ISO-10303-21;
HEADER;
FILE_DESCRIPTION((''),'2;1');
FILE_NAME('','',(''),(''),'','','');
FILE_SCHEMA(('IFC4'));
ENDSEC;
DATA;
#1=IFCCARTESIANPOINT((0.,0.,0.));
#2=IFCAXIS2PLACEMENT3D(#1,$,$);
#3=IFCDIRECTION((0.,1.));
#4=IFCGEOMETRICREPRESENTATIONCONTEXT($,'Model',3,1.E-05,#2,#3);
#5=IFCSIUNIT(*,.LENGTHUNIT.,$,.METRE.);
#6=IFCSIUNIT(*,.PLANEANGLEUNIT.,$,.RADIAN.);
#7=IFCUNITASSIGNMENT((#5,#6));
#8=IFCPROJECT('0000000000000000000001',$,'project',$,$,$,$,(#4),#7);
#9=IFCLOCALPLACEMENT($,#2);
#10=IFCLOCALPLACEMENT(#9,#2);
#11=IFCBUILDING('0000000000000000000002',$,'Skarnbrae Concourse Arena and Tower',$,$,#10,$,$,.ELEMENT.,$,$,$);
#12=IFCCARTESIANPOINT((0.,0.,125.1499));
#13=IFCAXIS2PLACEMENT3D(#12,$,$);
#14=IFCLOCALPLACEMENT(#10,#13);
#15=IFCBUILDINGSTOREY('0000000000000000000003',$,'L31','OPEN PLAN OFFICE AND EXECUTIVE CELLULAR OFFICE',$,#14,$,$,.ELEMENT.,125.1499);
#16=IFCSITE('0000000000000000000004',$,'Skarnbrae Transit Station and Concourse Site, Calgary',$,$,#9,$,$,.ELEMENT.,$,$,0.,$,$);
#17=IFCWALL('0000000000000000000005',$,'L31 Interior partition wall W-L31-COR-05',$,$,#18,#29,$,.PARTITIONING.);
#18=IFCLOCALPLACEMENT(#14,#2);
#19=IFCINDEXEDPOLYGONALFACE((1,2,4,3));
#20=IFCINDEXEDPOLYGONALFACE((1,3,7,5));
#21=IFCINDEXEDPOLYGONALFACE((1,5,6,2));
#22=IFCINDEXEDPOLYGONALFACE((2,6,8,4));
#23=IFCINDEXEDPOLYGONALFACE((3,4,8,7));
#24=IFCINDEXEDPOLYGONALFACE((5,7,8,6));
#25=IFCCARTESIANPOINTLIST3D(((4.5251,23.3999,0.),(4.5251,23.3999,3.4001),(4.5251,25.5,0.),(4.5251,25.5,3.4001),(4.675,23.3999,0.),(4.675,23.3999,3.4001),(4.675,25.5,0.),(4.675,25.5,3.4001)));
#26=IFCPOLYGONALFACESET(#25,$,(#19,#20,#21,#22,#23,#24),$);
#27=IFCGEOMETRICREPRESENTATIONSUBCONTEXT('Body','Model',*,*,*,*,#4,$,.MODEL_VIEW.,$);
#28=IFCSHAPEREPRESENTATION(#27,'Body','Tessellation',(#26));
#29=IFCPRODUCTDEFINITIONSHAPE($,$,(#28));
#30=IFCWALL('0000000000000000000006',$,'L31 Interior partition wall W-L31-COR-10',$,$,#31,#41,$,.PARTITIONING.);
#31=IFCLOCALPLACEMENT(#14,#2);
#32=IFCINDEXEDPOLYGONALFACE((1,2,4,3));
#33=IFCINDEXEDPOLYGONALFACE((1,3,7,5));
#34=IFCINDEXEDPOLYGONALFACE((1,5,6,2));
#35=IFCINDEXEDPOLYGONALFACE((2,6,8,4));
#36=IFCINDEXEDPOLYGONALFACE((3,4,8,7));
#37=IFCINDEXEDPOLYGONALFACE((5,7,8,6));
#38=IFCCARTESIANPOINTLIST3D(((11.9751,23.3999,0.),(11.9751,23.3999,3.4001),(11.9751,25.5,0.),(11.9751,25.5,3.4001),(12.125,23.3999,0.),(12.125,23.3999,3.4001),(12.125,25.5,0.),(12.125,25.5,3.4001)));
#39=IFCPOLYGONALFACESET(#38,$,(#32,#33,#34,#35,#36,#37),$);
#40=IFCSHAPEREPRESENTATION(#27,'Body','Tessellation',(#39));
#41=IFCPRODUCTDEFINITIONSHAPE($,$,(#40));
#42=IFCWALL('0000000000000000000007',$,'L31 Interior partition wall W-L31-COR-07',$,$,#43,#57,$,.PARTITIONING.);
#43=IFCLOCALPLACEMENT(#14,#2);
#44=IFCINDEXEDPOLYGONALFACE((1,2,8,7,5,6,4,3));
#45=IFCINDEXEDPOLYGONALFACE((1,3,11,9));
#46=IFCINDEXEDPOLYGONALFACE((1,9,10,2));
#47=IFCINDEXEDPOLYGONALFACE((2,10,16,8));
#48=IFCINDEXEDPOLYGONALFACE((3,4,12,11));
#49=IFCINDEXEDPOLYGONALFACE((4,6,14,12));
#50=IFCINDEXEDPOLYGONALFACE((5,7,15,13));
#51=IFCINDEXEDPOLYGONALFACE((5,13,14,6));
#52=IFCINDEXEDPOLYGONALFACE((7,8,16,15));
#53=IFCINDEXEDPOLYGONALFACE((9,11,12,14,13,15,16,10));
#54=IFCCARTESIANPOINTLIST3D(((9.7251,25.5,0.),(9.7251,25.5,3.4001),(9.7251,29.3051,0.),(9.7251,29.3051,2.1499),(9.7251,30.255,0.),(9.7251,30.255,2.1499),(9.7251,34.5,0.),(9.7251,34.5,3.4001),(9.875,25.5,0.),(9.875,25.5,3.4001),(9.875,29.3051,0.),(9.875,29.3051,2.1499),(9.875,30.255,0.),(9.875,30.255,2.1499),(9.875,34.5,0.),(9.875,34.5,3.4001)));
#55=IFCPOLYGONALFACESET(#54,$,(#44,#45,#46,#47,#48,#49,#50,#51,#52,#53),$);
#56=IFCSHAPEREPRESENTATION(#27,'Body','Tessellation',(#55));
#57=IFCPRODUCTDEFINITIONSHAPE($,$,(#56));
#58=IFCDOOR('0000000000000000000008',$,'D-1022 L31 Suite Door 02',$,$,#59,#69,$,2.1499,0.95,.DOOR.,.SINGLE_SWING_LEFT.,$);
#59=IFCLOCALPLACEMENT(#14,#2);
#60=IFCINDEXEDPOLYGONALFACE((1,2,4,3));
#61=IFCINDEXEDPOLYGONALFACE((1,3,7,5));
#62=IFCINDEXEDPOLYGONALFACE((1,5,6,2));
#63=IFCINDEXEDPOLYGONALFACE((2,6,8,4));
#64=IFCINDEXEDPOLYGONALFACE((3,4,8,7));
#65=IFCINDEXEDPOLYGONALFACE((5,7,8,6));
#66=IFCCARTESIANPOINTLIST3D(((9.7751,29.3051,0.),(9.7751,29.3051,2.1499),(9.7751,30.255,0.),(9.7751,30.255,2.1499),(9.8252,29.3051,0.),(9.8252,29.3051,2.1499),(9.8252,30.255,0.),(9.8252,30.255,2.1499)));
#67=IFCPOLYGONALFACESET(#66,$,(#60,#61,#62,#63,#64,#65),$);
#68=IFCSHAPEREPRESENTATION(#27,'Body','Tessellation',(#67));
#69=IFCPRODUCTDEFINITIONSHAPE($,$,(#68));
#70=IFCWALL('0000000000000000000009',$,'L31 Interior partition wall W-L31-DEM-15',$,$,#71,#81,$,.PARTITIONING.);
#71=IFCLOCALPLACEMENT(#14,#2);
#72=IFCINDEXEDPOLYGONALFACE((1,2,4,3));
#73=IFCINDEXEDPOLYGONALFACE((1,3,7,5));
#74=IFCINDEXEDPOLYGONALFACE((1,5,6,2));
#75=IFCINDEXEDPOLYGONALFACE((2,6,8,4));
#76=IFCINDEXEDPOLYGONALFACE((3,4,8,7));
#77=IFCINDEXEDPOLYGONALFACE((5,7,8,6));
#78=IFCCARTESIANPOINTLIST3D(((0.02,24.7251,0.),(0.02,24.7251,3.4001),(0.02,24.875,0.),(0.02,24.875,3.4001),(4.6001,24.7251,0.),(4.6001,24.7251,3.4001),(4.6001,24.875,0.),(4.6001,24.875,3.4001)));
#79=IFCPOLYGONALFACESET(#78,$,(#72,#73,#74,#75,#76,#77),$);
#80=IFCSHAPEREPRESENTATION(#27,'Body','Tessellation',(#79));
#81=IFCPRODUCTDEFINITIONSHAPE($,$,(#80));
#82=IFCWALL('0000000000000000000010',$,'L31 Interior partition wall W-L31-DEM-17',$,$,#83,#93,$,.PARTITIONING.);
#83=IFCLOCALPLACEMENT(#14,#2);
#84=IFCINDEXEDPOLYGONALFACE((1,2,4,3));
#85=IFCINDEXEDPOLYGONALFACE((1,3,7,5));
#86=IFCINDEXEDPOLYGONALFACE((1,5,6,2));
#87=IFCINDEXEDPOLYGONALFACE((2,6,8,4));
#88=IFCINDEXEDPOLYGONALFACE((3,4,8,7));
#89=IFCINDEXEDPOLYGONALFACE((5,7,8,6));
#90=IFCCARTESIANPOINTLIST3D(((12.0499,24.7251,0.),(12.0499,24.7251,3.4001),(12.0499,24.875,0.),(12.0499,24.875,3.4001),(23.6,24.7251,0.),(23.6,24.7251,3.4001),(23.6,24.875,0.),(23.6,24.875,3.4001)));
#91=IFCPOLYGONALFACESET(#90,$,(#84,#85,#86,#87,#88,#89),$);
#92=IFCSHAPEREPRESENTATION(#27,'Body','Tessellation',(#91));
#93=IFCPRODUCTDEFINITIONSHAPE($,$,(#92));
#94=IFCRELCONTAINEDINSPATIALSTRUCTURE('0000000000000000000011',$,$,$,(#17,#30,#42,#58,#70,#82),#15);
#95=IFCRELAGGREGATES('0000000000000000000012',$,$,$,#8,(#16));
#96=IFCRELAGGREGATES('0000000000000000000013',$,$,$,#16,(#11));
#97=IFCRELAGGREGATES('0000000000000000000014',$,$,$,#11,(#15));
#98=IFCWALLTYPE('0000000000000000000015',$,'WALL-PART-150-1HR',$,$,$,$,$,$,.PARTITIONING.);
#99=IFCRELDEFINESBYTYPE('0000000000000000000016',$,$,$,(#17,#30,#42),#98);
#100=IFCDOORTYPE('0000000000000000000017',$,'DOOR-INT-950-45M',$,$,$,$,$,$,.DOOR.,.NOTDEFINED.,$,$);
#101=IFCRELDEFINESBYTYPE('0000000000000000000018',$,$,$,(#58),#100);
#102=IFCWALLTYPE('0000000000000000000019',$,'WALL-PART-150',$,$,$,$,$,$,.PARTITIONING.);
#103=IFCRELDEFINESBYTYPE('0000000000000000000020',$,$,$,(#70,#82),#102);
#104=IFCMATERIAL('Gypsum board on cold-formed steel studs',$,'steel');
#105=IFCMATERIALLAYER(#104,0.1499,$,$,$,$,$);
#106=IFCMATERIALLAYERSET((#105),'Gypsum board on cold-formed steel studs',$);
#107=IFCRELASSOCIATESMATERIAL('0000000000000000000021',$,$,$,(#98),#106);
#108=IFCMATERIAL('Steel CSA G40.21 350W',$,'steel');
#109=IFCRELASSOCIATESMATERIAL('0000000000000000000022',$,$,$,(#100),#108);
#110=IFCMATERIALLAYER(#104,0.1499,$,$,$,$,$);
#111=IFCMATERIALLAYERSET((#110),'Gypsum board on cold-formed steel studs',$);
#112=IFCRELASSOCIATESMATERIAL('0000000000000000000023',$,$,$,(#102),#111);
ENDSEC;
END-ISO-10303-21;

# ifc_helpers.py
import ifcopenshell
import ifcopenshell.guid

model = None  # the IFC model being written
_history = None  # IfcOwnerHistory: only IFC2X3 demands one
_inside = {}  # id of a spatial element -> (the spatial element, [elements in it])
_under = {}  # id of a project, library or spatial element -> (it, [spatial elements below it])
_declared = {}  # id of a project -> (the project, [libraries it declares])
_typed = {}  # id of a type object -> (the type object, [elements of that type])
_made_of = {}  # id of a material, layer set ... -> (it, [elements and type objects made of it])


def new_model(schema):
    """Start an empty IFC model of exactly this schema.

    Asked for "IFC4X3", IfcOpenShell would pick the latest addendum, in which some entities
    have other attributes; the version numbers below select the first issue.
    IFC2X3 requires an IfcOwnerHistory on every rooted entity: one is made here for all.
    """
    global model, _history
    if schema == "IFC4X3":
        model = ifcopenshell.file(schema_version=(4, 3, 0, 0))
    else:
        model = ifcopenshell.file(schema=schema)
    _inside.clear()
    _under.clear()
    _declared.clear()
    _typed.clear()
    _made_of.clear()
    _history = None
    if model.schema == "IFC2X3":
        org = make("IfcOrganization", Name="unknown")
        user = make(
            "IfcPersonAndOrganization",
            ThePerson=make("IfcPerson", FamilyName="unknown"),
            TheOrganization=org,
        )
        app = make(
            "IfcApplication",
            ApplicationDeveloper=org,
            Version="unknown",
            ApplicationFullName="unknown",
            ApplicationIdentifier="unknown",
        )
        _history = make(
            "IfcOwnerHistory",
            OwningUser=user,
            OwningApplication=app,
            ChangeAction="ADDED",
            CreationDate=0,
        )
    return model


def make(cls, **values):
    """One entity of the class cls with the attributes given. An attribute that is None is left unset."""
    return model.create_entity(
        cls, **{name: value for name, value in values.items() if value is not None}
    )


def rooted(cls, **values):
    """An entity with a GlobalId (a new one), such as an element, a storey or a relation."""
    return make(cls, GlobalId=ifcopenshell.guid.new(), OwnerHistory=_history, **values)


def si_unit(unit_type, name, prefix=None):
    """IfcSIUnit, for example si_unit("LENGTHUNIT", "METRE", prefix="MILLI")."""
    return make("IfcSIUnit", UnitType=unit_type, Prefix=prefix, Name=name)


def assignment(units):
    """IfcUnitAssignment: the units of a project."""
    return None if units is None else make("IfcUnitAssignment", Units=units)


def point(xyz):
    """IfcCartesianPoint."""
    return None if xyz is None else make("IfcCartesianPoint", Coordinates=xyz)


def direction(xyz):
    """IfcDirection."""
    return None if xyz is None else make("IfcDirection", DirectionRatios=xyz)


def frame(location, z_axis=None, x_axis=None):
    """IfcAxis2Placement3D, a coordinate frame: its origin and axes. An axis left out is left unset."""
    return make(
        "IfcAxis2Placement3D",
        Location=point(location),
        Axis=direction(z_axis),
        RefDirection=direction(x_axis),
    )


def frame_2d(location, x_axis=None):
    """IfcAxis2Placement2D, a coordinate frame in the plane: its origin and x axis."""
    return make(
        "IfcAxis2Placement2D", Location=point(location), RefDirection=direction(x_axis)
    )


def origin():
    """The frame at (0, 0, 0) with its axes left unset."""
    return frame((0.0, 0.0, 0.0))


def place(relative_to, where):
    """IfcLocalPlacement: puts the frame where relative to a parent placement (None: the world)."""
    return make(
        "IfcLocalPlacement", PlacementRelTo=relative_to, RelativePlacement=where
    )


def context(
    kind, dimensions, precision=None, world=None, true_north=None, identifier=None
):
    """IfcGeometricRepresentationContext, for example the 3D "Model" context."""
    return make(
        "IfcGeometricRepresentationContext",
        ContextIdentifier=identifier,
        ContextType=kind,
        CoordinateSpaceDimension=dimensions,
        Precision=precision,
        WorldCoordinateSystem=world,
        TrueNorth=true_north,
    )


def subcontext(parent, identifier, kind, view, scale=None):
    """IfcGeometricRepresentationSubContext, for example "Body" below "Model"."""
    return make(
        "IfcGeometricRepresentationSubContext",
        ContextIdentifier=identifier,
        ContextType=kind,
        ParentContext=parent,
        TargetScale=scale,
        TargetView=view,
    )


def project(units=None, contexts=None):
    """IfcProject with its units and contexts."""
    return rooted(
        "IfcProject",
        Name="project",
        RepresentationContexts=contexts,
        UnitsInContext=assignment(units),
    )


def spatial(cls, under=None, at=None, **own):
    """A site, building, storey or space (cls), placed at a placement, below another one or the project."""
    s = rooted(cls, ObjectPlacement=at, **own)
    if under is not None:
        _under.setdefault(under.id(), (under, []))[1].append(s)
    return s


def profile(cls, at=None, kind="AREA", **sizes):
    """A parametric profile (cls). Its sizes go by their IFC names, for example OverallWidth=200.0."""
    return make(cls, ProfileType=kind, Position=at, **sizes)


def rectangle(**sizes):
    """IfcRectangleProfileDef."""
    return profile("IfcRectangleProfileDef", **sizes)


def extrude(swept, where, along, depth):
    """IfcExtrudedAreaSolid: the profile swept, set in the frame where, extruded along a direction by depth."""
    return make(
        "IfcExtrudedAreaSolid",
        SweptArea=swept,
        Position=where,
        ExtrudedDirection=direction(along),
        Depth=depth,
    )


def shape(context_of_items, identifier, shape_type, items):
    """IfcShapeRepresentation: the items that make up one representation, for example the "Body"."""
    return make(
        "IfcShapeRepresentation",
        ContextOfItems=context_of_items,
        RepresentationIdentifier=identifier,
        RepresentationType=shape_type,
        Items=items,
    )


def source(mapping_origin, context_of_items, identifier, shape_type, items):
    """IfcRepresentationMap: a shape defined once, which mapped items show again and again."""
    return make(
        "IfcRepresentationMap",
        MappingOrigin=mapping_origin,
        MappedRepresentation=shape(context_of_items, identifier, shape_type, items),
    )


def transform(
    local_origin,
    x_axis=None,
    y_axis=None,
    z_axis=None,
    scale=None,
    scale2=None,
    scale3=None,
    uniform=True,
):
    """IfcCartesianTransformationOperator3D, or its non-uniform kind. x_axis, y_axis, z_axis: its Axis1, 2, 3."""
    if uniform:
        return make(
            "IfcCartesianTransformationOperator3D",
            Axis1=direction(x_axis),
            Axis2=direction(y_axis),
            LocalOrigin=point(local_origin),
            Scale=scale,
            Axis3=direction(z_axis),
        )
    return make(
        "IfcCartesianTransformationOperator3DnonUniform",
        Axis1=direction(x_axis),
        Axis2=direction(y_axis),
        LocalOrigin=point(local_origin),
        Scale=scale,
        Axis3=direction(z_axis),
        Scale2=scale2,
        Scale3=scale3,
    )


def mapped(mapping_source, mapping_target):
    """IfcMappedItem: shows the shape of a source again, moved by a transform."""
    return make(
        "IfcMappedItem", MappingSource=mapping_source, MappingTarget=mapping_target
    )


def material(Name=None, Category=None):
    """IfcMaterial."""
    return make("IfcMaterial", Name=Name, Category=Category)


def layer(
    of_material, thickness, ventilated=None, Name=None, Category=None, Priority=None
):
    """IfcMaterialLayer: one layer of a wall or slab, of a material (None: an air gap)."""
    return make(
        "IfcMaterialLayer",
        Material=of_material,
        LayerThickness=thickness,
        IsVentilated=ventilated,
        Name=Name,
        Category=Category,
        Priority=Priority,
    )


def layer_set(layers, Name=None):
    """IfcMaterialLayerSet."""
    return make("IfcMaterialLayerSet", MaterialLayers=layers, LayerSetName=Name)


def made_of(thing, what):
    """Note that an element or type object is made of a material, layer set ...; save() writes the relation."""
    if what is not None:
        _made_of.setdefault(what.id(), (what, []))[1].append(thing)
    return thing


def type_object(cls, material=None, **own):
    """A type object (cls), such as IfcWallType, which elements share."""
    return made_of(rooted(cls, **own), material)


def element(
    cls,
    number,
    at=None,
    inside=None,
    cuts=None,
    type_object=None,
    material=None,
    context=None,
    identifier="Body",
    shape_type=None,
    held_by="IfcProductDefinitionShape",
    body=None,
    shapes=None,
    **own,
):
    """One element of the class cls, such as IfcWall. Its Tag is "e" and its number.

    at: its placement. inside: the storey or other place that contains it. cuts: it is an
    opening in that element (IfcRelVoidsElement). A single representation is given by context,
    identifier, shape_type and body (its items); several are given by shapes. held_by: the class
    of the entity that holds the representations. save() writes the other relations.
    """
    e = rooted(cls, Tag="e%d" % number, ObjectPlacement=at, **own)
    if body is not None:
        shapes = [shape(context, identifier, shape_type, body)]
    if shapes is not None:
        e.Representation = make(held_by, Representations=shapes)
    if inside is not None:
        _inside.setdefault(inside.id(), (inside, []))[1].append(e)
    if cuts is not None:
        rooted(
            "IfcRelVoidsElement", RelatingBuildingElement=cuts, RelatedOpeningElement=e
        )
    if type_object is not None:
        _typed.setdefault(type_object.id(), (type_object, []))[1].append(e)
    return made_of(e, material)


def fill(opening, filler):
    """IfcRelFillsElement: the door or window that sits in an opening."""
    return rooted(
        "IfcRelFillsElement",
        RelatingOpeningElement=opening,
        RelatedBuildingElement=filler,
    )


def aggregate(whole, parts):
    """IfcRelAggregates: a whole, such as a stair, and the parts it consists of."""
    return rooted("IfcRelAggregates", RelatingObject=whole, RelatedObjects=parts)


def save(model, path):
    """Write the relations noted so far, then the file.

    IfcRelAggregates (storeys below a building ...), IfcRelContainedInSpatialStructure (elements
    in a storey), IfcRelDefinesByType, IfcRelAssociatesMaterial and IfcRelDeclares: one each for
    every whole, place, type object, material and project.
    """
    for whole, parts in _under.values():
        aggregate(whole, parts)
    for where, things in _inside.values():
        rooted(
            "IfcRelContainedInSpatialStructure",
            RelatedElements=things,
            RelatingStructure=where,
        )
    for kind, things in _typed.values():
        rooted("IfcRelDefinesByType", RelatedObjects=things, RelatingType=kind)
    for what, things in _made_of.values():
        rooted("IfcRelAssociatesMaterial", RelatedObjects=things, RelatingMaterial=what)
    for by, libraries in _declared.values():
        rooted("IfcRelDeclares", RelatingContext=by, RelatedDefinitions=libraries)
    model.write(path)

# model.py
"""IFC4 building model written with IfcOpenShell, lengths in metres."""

from ifc_helpers import new_model, si_unit, direction, frame, frame_2d, origin, place, context, subcontext, project, spatial, rectangle, extrude, source, transform, mapped, material, layer, layer_set, type_object, element, fill, save


model = new_model("IFC4")

# Units and contexts
model_context = context("Model", 3, precision=1e-05, world=origin(), true_north=direction((0.0, 1.0)))
body_context = subcontext(model_context, "Body", "Model", "MODEL_VIEW")
ifc_project = project(units=[si_unit("LENGTHUNIT", "METRE"), si_unit("PLANEANGLEUNIT", "RADIAN")], contexts=[model_context])

# Site, building, storey
site_placement = place(None, origin())
site = spatial("IfcSite", under=ifc_project, at=site_placement, Name="Skarnbrae Transit Station and Concourse Site, Calgary", CompositionType="ELEMENT", RefElevation=0.0)
building_placement = place(site_placement, origin())
building = spatial("IfcBuilding", under=site, at=building_placement, Name="Skarnbrae Concourse Arena and Tower", CompositionType="ELEMENT")
storey_placement = place(building_placement, frame((0.0, 0.0, 125.1499)))
storey = spatial("IfcBuildingStorey", under=building, at=storey_placement, Name="L31", Description="OPEN PLAN OFFICE AND EXECUTIVE CELLULAR OFFICE", CompositionType="ELEMENT", Elevation=125.1499)

# Shared definitions
ifc_material_1 = material(Name="Steel CSA G40.21 350W", Category="steel")

# Walls
ifc_material_2 = material(Name="Gypsum board on cold-formed steel studs", Category="steel")
ifc_layer_1 = layer(ifc_material_2, 0.1499)
ifc_layer_set_1 = layer_set([ifc_layer_1], Name="Gypsum board on cold-formed steel studs")
wall_type_1 = type_object("IfcWallType", Name="WALL-PART-150-1HR", PredefinedType="PARTITIONING", material=ifc_layer_set_1)
shared_shape_1 = source(origin(), body_context, "Body", "SweptSolid", [
    extrude(rectangle(XDim=2.1001, YDim=0.1499, at=frame_2d((1.05, 0.0))), origin(), (0.0, 0.0, 1.0), 3.4001),
])
for number, where, z_axis, x_axis, name in (
    (1, (4.6001, 23.3999, 0.0), (0.0, 0.0, 1.0), (0.0, 1.0, 0.0), "L31 Interior partition wall W-L31-COR-05"),
    (2, (12.05, 25.5, 0.0), (0.0, 0.0, 1.0), (0.0, -1.0, 0.0), "L31 Interior partition wall W-L31-COR-10"),
):
    element("IfcWall", number, at=place(storey_placement, frame(where, z_axis=z_axis, x_axis=x_axis)), inside=storey, type_object=wall_type_1, Name=name, PredefinedType="PARTITIONING", context=body_context, shape_type="MappedRepresentation", body=[
        mapped(shared_shape_1, transform((0.0, 0.0, 0.0))),
    ])

# Wall, opening, door
shared_shape_2 = source(origin(), body_context, "Body", "SweptSolid", [
    extrude(rectangle(XDim=9.0, YDim=0.1499, at=frame_2d((4.5, 0.0))), origin(), (0.0, 0.0, 1.0), 3.4001),
])
wall_1_placement = place(storey_placement, frame((9.8, 25.5, 0.0), z_axis=(0.0, 0.0, 1.0), x_axis=(0.0, 1.0, 0.0)))
wall_1 = element("IfcWall", 3, at=wall_1_placement, inside=storey, type_object=wall_type_1, Name="L31 Interior partition wall W-L31-COR-07", PredefinedType="PARTITIONING", context=body_context, shape_type="MappedRepresentation", body=[
    mapped(shared_shape_2, transform((0.0, 0.0, 0.0))),
])
opening_placement = place(wall_1_placement, frame((3.8049, 0.0, 0.0)))
opening = element("IfcOpeningElement", 4, at=opening_placement, cuts=wall_1, PredefinedType="OPENING", context=body_context, shape_type="SweptSolid", body=[
    extrude(rectangle(XDim=0.95, YDim=2.1499, at=frame_2d((0.4751, 1.075))), frame((0.0, 0.085, 0.0), z_axis=(0.0, -1.0, 0.0), x_axis=(1.0, 0.0, 0.0)), (0.0, 0.0, 1.0), 0.1699),
])
door_type = type_object("IfcDoorType", Name="DOOR-INT-950-45M", OperationType="NOTDEFINED", PredefinedType="DOOR", material=ifc_material_1)
shared_shape_3 = source(origin(), body_context, "Body", "SweptSolid", [
    extrude(rectangle(XDim=0.95, YDim=2.1499, at=frame_2d((0.4751, 1.075))), frame((0.0, 0.0249, 0.0), z_axis=(0.0, -1.0, 0.0), x_axis=(1.0, 0.0, 0.0)), (0.0, 0.0, 1.0), 0.05),
])
door_placement = place(opening_placement, origin())
door = element("IfcDoor", 5, at=door_placement, inside=storey, type_object=door_type, Name="D-1022 L31 Suite Door 02", OperationType="SINGLE_SWING_LEFT", OverallHeight=2.1499, OverallWidth=0.95, PredefinedType="DOOR", context=body_context, shape_type="MappedRepresentation", body=[
    mapped(shared_shape_3, transform((0.0, 0.0, 0.0))),
])
fill(opening, door)

# Walls
ifc_layer_2 = layer(ifc_material_2, 0.1499)
ifc_layer_set_2 = layer_set([ifc_layer_2], Name="Gypsum board on cold-formed steel studs")
wall_type_2 = type_object("IfcWallType", Name="WALL-PART-150", PredefinedType="PARTITIONING", material=ifc_layer_set_2)
shared_shape_4 = source(origin(), body_context, "Body", "SweptSolid", [
    extrude(rectangle(XDim=4.5801, YDim=0.1499, at=frame_2d((2.29, 0.0))), origin(), (0.0, 0.0, 1.0), 3.4001),
])
wall_2_placement = place(storey_placement, frame((0.02, 24.8, 0.0), z_axis=(0.0, 0.0, 1.0), x_axis=(1.0, 0.0, 0.0)))
element("IfcWall", 6, at=wall_2_placement, inside=storey, type_object=wall_type_2, Name="L31 Interior partition wall W-L31-DEM-15", PredefinedType="PARTITIONING", context=body_context, shape_type="MappedRepresentation", body=[
    mapped(shared_shape_4, transform((0.0, 0.0, 0.0))),
])
shared_shape_5 = source(origin(), body_context, "Body", "SweptSolid", [
    extrude(rectangle(XDim=11.55, YDim=0.1499, at=frame_2d((5.7749, 0.0))), origin(), (0.0, 0.0, 1.0), 3.4001),
])
wall_3_placement = place(storey_placement, frame((12.05, 24.8, 0.0), z_axis=(0.0, 0.0, 1.0), x_axis=(1.0, 0.0, 0.0)))
element("IfcWall", 7, at=wall_3_placement, inside=storey, type_object=wall_type_2, Name="L31 Interior partition wall W-L31-DEM-17", PredefinedType="PARTITIONING", context=body_context, shape_type="MappedRepresentation", body=[
    mapped(shared_shape_5, transform((0.0, 0.0, 0.0))),
])

save(model, "model.ifc")
